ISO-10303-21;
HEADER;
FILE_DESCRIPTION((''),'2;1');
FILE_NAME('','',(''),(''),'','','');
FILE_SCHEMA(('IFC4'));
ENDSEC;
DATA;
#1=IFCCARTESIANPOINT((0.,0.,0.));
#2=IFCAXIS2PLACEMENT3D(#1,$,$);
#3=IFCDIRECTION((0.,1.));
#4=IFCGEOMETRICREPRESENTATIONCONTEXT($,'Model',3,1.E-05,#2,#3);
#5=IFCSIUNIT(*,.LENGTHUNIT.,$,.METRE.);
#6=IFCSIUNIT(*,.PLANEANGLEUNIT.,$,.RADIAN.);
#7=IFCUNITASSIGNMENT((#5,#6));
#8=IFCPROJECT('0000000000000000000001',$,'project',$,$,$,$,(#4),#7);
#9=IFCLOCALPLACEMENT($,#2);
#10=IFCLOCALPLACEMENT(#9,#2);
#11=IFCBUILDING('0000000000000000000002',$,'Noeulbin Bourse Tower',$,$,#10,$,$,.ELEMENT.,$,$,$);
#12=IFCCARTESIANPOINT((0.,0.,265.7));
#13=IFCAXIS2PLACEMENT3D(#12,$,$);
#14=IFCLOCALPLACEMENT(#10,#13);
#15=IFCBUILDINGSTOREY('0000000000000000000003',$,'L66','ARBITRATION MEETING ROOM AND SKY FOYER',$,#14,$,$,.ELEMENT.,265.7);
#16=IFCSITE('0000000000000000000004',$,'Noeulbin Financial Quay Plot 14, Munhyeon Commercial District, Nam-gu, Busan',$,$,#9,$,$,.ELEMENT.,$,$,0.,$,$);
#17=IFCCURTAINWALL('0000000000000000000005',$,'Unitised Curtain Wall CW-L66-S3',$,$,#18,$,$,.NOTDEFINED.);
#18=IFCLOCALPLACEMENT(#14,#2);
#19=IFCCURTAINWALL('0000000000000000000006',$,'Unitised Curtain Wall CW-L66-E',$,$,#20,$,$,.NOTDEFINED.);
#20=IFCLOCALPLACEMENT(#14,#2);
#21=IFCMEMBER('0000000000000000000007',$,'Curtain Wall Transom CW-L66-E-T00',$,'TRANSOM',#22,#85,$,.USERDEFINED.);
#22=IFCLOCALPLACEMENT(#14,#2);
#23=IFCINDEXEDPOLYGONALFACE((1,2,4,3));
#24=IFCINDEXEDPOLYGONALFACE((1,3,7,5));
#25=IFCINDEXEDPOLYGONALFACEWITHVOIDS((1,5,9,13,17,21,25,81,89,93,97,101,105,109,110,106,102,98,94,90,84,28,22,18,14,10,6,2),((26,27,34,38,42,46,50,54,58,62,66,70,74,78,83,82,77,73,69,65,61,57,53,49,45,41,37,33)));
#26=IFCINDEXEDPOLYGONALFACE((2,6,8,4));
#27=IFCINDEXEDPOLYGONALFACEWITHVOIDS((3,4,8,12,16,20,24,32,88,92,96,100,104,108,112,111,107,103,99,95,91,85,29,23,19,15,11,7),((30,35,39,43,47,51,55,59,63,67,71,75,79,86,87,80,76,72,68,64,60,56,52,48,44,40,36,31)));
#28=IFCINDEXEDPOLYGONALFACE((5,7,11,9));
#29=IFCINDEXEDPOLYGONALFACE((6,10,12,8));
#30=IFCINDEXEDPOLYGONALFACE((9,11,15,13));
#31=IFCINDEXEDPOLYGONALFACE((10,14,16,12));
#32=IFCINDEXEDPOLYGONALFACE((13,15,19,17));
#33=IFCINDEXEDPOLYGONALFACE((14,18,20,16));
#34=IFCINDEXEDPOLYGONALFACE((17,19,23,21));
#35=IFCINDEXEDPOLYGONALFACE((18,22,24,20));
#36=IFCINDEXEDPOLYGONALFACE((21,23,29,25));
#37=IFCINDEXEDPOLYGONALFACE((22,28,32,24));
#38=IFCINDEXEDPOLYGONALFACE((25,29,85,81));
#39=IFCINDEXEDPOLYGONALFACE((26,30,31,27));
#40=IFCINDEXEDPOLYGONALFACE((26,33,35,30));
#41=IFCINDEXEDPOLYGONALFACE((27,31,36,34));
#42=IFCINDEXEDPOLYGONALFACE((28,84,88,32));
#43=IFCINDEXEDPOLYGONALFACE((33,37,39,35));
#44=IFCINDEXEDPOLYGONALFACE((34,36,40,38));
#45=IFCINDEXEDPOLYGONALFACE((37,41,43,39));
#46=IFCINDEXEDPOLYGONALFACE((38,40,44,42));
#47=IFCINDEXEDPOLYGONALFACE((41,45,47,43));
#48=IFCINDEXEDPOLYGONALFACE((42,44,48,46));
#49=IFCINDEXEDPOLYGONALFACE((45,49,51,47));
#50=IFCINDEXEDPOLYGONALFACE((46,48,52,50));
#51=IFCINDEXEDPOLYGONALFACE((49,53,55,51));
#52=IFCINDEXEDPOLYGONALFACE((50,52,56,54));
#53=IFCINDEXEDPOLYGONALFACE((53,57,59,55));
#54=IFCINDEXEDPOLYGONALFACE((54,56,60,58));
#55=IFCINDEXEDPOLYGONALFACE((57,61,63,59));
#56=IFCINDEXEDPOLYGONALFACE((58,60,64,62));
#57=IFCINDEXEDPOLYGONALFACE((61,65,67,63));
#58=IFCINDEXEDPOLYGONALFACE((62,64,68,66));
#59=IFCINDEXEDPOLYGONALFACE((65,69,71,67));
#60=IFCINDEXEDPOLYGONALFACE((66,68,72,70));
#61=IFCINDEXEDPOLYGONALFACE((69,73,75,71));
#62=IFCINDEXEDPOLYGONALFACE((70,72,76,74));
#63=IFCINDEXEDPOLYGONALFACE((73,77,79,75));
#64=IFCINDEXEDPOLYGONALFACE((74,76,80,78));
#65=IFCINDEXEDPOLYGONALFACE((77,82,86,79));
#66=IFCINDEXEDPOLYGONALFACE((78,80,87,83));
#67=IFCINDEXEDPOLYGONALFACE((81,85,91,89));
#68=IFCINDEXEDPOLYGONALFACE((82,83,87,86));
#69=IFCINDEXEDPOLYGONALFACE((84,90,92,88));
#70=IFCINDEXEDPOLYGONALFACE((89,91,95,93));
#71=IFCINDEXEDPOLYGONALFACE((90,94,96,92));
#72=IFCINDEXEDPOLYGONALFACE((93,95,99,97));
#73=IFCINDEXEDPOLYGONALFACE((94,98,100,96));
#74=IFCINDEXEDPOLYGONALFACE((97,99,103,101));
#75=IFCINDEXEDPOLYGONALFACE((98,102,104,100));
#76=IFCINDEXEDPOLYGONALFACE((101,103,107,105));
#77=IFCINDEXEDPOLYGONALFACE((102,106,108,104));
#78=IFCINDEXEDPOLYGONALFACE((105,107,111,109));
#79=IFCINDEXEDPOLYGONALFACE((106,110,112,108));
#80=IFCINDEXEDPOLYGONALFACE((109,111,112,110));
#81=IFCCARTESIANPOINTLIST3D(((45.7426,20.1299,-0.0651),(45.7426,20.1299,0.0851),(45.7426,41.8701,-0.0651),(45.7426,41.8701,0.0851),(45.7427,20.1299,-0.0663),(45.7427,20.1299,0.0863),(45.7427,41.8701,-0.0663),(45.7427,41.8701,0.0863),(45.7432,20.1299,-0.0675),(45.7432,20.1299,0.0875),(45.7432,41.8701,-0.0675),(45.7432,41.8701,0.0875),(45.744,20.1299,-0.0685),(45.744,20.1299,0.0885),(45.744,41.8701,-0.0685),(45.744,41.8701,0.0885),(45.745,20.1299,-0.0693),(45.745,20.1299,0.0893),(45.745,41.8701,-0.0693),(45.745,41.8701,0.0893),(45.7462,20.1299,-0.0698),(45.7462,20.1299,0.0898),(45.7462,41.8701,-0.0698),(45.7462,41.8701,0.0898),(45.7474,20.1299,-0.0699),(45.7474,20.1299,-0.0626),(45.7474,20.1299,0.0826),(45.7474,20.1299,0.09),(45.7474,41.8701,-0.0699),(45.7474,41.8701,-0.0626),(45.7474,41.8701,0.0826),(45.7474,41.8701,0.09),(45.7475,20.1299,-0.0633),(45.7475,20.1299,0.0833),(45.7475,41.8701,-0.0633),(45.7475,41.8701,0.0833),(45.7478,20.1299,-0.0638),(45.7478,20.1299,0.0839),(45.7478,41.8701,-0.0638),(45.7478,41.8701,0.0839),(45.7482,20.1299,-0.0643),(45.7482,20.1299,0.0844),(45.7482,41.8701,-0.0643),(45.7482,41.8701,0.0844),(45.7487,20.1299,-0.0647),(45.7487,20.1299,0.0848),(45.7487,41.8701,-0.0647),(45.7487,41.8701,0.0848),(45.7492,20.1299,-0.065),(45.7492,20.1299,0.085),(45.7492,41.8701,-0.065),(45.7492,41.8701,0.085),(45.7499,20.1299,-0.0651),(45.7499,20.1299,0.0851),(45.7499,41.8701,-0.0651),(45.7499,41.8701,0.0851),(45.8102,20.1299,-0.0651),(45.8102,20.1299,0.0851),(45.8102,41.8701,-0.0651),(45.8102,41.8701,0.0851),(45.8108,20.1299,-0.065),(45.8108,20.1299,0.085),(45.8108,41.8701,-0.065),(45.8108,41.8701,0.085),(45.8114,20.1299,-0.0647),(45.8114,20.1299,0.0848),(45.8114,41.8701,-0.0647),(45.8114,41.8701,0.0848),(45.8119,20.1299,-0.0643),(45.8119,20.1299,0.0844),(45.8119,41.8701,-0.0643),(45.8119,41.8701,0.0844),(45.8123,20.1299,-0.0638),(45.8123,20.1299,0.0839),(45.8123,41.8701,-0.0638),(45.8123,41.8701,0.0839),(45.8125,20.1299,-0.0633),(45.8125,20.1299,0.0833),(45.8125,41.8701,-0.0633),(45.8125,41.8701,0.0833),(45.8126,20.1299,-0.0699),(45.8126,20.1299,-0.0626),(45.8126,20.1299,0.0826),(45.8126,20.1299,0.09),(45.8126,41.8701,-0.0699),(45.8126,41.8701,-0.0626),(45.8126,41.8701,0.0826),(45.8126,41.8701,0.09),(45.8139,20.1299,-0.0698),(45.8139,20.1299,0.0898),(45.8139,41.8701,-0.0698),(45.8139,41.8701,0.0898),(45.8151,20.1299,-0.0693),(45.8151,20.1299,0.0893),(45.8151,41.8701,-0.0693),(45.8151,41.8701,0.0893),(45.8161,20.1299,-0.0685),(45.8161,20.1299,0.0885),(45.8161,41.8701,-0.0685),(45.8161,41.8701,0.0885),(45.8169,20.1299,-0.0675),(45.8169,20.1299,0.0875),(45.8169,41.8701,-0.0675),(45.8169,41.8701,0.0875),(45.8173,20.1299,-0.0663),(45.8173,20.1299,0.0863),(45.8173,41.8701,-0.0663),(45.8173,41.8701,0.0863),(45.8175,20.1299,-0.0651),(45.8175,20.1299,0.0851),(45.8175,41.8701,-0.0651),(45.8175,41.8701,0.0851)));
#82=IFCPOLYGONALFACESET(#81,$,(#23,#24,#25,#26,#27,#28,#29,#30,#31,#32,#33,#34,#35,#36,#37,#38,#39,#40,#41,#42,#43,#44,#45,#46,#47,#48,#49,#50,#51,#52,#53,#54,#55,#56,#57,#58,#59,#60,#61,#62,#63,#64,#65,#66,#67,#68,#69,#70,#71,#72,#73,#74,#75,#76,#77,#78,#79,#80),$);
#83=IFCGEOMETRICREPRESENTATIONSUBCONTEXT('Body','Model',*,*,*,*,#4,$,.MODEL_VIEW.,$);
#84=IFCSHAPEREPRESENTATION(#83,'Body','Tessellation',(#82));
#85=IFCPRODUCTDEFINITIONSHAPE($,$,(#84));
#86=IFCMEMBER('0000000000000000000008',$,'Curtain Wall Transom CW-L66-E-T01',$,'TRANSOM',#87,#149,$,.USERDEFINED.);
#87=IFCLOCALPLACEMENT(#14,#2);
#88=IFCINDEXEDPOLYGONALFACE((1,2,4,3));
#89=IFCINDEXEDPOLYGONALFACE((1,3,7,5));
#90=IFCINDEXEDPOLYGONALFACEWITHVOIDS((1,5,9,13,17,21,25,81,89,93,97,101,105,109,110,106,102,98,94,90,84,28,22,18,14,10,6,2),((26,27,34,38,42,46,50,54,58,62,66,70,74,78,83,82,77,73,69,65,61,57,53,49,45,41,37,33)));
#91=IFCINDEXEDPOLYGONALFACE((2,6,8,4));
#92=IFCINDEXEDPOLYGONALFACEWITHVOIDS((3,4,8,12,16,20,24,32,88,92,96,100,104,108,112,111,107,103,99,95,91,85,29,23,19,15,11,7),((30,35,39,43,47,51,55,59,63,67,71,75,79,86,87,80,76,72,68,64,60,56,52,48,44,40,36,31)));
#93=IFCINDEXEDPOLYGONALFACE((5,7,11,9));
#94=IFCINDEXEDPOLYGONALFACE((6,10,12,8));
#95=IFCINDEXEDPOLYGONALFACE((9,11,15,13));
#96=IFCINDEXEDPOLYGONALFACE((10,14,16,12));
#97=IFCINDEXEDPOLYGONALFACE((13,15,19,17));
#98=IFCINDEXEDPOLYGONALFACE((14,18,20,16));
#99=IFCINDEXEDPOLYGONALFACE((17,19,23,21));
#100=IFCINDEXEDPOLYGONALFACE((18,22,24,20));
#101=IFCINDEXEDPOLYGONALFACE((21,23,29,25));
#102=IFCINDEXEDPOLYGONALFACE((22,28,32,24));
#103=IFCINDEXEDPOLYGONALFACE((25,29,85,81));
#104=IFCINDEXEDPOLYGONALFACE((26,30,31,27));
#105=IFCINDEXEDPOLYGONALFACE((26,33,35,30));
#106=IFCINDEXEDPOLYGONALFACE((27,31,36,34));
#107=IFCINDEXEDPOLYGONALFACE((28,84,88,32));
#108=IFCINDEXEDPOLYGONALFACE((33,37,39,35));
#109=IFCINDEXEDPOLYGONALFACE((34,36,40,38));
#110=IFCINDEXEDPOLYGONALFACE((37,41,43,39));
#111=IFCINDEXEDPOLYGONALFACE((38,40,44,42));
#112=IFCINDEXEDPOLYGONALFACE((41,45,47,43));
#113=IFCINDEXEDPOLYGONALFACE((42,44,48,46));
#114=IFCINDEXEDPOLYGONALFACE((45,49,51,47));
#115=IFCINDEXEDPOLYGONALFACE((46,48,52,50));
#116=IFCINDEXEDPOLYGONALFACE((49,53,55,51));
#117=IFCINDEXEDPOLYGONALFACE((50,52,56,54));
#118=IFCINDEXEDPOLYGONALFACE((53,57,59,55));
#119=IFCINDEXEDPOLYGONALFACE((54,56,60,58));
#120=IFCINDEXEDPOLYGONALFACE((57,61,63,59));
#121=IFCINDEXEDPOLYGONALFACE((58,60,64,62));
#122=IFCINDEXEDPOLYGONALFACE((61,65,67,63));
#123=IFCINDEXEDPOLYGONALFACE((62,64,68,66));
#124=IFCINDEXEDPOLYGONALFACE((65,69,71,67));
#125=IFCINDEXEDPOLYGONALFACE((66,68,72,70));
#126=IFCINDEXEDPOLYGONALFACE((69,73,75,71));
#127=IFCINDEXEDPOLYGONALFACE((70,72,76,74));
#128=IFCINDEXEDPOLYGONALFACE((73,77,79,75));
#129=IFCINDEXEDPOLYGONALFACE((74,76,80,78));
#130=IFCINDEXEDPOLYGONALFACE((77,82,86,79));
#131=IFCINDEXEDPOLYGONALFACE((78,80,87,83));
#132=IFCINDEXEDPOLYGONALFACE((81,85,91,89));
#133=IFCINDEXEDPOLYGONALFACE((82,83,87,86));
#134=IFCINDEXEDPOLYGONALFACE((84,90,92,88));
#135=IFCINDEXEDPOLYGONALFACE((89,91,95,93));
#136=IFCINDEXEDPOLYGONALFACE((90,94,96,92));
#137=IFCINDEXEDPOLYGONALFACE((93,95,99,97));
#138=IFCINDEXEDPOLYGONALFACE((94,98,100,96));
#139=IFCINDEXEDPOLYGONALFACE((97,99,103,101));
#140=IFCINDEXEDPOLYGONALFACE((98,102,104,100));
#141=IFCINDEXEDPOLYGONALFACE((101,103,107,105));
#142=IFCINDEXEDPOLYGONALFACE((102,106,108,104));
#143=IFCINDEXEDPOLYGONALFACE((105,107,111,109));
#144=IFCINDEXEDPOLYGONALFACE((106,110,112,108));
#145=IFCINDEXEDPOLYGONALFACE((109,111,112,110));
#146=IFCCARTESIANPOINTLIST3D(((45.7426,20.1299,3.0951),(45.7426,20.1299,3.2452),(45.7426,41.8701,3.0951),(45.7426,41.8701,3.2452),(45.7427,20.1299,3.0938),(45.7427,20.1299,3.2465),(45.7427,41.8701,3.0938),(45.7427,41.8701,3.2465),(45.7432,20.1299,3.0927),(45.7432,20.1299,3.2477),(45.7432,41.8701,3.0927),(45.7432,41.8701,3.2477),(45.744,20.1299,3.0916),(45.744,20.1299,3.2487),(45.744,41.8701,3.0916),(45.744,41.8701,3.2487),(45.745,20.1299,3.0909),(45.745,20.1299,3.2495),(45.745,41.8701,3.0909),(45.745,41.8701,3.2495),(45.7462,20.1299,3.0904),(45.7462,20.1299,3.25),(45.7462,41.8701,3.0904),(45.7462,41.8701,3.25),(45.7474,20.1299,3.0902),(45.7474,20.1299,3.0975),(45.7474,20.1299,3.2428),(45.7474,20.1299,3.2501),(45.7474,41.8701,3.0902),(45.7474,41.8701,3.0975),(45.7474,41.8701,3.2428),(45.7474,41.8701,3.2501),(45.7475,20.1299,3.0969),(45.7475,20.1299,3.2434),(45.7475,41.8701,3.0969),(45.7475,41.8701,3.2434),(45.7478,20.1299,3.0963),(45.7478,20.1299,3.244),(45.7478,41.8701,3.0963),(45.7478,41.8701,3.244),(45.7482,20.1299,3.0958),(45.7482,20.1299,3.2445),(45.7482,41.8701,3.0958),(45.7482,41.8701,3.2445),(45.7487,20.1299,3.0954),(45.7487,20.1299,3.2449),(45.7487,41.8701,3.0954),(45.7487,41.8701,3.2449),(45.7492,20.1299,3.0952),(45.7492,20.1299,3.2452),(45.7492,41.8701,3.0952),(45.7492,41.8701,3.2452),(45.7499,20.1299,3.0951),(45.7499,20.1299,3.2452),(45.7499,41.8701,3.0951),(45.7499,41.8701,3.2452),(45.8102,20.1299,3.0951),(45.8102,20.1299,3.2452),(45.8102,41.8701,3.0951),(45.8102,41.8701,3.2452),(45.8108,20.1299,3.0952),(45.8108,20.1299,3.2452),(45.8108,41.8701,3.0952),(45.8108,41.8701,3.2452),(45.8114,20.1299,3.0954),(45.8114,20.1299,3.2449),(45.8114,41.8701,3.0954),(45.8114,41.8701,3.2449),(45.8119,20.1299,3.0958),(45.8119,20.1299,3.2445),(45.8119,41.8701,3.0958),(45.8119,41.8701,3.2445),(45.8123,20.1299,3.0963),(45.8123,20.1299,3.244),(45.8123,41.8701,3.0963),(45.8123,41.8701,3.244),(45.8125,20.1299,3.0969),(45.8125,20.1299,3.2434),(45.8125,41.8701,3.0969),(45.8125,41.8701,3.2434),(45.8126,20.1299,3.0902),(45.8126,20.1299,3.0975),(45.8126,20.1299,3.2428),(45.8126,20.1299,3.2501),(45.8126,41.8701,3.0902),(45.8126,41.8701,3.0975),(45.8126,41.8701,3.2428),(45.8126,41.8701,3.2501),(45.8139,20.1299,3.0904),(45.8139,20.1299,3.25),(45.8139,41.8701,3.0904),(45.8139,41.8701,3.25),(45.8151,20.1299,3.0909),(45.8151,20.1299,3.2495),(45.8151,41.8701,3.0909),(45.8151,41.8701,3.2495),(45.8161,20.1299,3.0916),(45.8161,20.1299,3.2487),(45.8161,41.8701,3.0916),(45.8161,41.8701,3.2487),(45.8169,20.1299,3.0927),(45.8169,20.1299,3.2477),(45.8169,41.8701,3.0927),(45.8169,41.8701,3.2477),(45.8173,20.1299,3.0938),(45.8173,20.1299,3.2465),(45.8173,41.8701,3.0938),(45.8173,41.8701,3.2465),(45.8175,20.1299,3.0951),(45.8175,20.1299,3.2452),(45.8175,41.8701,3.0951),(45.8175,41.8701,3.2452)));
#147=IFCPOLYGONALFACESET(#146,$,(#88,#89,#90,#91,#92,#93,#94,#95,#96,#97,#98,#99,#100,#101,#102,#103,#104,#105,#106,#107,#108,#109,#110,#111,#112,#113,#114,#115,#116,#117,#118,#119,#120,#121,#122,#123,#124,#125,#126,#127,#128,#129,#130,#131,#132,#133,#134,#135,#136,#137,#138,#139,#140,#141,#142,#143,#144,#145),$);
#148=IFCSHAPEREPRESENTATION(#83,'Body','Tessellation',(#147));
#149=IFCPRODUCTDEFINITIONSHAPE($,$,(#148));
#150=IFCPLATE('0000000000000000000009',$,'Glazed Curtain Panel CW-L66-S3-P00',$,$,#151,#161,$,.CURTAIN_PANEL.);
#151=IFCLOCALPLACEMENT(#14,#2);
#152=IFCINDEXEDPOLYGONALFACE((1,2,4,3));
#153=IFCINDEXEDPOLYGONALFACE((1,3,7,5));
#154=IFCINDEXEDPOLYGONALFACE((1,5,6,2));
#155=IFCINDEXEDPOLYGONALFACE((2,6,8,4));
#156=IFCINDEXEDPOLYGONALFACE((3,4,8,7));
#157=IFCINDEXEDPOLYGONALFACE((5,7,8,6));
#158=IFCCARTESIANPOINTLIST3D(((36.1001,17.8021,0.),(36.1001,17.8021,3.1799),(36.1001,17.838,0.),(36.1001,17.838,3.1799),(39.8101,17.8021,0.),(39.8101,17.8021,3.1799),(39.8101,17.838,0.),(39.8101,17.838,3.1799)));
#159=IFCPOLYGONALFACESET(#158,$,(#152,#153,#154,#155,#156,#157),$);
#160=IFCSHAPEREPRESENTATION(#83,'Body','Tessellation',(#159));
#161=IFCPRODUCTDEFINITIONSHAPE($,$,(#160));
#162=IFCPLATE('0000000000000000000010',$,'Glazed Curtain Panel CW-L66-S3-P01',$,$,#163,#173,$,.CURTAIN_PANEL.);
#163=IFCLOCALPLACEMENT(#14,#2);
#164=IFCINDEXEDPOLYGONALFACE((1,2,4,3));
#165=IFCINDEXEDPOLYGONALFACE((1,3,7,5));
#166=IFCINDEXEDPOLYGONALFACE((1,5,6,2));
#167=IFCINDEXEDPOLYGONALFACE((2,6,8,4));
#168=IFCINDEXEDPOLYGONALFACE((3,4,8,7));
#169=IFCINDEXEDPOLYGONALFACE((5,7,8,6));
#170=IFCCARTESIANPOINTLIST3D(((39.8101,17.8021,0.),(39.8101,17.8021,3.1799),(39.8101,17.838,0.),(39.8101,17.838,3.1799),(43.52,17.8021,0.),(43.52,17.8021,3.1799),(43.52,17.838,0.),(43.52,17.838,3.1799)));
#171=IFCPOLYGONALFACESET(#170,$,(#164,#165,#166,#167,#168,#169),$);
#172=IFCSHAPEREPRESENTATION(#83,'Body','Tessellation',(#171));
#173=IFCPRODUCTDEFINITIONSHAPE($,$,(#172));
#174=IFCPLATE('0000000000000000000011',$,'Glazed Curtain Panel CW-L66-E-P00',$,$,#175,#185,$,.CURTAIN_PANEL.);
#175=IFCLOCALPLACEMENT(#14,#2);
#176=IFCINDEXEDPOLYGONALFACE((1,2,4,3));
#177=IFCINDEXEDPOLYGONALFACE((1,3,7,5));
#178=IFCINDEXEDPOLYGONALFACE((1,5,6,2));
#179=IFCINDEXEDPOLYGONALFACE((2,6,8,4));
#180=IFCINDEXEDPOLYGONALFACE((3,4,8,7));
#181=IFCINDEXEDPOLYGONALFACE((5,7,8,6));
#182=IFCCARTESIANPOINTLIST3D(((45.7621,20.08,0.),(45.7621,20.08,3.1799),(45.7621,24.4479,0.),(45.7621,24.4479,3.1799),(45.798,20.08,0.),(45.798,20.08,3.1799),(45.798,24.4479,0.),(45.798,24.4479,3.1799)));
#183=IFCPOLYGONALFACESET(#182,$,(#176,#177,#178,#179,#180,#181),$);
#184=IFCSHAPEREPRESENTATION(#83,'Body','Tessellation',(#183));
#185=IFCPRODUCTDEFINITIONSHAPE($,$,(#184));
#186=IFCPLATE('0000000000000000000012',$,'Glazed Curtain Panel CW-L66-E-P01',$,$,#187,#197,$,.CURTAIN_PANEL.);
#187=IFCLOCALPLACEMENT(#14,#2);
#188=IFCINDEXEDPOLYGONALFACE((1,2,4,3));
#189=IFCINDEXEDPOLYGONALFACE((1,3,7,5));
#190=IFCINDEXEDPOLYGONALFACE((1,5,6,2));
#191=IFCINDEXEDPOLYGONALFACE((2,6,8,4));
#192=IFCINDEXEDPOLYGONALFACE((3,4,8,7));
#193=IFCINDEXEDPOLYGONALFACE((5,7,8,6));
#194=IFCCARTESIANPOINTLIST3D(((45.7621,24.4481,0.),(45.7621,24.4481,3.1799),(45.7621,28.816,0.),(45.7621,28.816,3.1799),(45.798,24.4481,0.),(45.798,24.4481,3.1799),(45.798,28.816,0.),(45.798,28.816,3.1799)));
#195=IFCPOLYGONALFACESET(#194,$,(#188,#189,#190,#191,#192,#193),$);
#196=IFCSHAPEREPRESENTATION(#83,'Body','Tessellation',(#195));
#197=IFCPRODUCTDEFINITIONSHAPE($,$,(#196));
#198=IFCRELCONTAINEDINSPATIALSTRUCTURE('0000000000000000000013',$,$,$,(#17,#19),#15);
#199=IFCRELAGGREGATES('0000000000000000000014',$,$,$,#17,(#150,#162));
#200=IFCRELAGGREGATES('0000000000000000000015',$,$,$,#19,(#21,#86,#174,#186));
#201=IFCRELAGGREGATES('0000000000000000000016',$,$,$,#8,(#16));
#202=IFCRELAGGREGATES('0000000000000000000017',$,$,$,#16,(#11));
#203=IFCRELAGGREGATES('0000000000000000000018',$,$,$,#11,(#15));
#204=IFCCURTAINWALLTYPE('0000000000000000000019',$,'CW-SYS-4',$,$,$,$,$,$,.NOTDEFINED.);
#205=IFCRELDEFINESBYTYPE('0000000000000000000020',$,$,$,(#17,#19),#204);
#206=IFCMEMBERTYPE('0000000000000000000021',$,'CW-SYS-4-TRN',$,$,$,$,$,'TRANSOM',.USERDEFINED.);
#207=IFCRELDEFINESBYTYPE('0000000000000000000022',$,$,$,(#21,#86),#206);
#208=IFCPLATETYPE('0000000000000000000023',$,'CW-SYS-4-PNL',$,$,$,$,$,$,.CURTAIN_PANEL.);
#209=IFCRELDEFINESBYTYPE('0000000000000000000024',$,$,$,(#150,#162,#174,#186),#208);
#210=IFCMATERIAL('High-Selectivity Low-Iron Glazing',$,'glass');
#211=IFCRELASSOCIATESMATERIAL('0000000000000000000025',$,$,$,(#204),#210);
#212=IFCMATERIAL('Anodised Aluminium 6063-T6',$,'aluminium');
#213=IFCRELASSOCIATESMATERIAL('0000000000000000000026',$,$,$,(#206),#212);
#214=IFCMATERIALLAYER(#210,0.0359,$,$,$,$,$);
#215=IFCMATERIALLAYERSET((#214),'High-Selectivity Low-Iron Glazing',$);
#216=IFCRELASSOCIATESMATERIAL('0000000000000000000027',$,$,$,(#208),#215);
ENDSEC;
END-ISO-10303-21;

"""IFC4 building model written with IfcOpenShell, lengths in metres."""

from ifc_helpers import new_model, si_unit, direction, frame, origin, origin_2d, place, context, subcontext, project, spatial, rectangle, hollow_rectangle, extrude, material, layer, layer_set, material_profile, profile_set, type_object, element, aggregate, save


model = new_model("IFC4")

# Units and contexts
model_context = context("Model", 3, precision=1e-05, world=origin(), true_north=direction((0.0, 1.0)))
body_context = subcontext(model_context, "Body", "Model", "MODEL_VIEW")
ifc_project = project(units=[si_unit("LENGTHUNIT", "METRE"), si_unit("PLANEANGLEUNIT", "RADIAN")], contexts=[model_context])

# Site, building, storey
site_placement = place(None, origin())
site = spatial("IfcSite", under=ifc_project, at=site_placement, Name="Noeulbin Financial Quay Plot 14, Munhyeon Commercial District, Nam-gu, Busan", CompositionType="ELEMENT", RefElevation=0.0)
building_placement = place(site_placement, origin())
building = spatial("IfcBuilding", under=site, at=building_placement, Name="Noeulbin Bourse Tower", CompositionType="ELEMENT")
storey_placement = place(building_placement, frame((0.0, 0.0, 265.7)))
storey = spatial("IfcBuildingStorey", under=building, at=storey_placement, Name="L66", Description="ARBITRATION MEETING ROOM AND SKY FOYER", CompositionType="ELEMENT", Elevation=265.7)

# Curtain walls
ifc_material_1 = material(Name="High-Selectivity Low-Iron Glazing", Category="glass")
curtain_wall_type = type_object("IfcCurtainWallType", Name="CW-SYS-4", PredefinedType="NOTDEFINED", material=ifc_material_1)
curtain_wall_1_placement = place(storey_placement, origin())
curtain_wall_1 = element("IfcCurtainWall", 1, at=curtain_wall_1_placement, inside=storey, type_object=curtain_wall_type, Name="Unitised Curtain Wall CW-L66-S3", PredefinedType="NOTDEFINED")
ifc_material_2 = material(Name="Anodised Aluminium 6063-T6", Category="aluminium")
curtain_wall_2_placement = place(storey_placement, origin())
curtain_wall_2 = element("IfcCurtainWall", 2, at=curtain_wall_2_placement, inside=storey, type_object=curtain_wall_type, Name="Unitised Curtain Wall CW-L66-E", PredefinedType="NOTDEFINED")

# Members
ifc_material_profile_1 = material_profile(ifc_material_2, hollow_rectangle(XDim=0.075, YDim=0.1599, WallThickness=0.0049, InnerFilletRadius=0.0024, OuterFilletRadius=0.0049, at=origin_2d()), Name="ALU-TRAN-75x160x5", Category="LoadBearing")
ifc_profile_set_1 = profile_set([ifc_material_profile_1], Name="Anodised Aluminium 6063-T6")
member_type_1 = type_object("IfcMemberType", Name="CW-SYS-4-TRN", ElementType="TRANSOM", PredefinedType="USERDEFINED", material=ifc_profile_set_1)
member_1_placement = place(storey_placement, frame((45.78, 20.1299, 0.01), z_axis=(0.0, 1.0, 0.0), x_axis=(-1.0, 0.0, 0.0)))
member_1 = element("IfcMember", 3, at=member_1_placement, type_object=member_type_1, Name="Curtain Wall Transom CW-L66-E-T00", ObjectType="TRANSOM", PredefinedType="USERDEFINED", context=body_context, shape_type="SweptSolid", body=[
    extrude(hollow_rectangle(XDim=0.075, YDim=0.1599, WallThickness=0.0049, InnerFilletRadius=0.0024, OuterFilletRadius=0.0049, at=origin_2d()), origin(), (0.0, 0.0, 1.0), 21.7402),
])
member_2_placement = place(storey_placement, frame((45.78, 20.1299, 3.1702), z_axis=(0.0, 1.0, 0.0), x_axis=(-1.0, 0.0, 0.0)))
member_2 = element("IfcMember", 4, at=member_2_placement, type_object=member_type_1, Name="Curtain Wall Transom CW-L66-E-T01", ObjectType="TRANSOM", PredefinedType="USERDEFINED", context=body_context, shape_type="SweptSolid", body=[
    extrude(hollow_rectangle(XDim=0.075, YDim=0.1599, WallThickness=0.0049, InnerFilletRadius=0.0024, OuterFilletRadius=0.0049, at=origin_2d()), origin(), (0.0, 0.0, 1.0), 21.7402),
])

# Plates
ifc_layer_1 = layer(ifc_material_1, 0.0359)
ifc_layer_set_1 = layer_set([ifc_layer_1], Name="High-Selectivity Low-Iron Glazing")
plate_type_1 = type_object("IfcPlateType", Name="CW-SYS-4-PNL", PredefinedType="CURTAIN_PANEL", material=ifc_layer_set_1)
plate_1_placement = place(storey_placement, frame((37.9551, 17.8201, 0.0), z_axis=(0.0, 0.0, 1.0), x_axis=(1.0, 0.0, 0.0)))
plate_1 = element("IfcPlate", 5, at=plate_1_placement, type_object=plate_type_1, Name="Glazed Curtain Panel CW-L66-S3-P00", PredefinedType="CURTAIN_PANEL", context=body_context, shape_type="SweptSolid", body=[
    extrude(rectangle(XDim=3.71, YDim=0.0359, at=origin_2d()), origin(), (0.0, 0.0, 1.0), 3.1799),
])
plate_2_placement = place(storey_placement, frame((41.665, 17.8201, 0.0), z_axis=(0.0, 0.0, 1.0), x_axis=(1.0, 0.0, 0.0)))
plate_2 = element("IfcPlate", 6, at=plate_2_placement, type_object=plate_type_1, Name="Glazed Curtain Panel CW-L66-S3-P01", PredefinedType="CURTAIN_PANEL", context=body_context, shape_type="SweptSolid", body=[
    extrude(rectangle(XDim=3.71, YDim=0.0359, at=origin_2d()), origin(), (0.0, 0.0, 1.0), 3.1799),
])
aggregate(curtain_wall_1, [plate_1, plate_2])
plate_3_placement = place(storey_placement, frame((45.78, 22.2639, 0.0), z_axis=(0.0, 0.0, 1.0), x_axis=(0.0, 1.0, 0.0)))
plate_3 = element("IfcPlate", 7, at=plate_3_placement, type_object=plate_type_1, Name="Glazed Curtain Panel CW-L66-E-P00", PredefinedType="CURTAIN_PANEL", context=body_context, shape_type="SweptSolid", body=[
    extrude(rectangle(XDim=4.3679, YDim=0.0359, at=origin_2d()), origin(), (0.0, 0.0, 1.0), 3.1799),
])
plate_4_placement = place(storey_placement, frame((45.78, 26.6321, 0.0), z_axis=(0.0, 0.0, 1.0), x_axis=(0.0, 1.0, 0.0)))
plate_4 = element("IfcPlate", 8, at=plate_4_placement, type_object=plate_type_1, Name="Glazed Curtain Panel CW-L66-E-P01", PredefinedType="CURTAIN_PANEL", context=body_context, shape_type="SweptSolid", body=[
    extrude(rectangle(XDim=4.3679, YDim=0.0359, at=origin_2d()), origin(), (0.0, 0.0, 1.0), 3.1799),
])
aggregate(curtain_wall_2, [member_1, member_2, plate_3, plate_4])

save(model, "model.ifc")
